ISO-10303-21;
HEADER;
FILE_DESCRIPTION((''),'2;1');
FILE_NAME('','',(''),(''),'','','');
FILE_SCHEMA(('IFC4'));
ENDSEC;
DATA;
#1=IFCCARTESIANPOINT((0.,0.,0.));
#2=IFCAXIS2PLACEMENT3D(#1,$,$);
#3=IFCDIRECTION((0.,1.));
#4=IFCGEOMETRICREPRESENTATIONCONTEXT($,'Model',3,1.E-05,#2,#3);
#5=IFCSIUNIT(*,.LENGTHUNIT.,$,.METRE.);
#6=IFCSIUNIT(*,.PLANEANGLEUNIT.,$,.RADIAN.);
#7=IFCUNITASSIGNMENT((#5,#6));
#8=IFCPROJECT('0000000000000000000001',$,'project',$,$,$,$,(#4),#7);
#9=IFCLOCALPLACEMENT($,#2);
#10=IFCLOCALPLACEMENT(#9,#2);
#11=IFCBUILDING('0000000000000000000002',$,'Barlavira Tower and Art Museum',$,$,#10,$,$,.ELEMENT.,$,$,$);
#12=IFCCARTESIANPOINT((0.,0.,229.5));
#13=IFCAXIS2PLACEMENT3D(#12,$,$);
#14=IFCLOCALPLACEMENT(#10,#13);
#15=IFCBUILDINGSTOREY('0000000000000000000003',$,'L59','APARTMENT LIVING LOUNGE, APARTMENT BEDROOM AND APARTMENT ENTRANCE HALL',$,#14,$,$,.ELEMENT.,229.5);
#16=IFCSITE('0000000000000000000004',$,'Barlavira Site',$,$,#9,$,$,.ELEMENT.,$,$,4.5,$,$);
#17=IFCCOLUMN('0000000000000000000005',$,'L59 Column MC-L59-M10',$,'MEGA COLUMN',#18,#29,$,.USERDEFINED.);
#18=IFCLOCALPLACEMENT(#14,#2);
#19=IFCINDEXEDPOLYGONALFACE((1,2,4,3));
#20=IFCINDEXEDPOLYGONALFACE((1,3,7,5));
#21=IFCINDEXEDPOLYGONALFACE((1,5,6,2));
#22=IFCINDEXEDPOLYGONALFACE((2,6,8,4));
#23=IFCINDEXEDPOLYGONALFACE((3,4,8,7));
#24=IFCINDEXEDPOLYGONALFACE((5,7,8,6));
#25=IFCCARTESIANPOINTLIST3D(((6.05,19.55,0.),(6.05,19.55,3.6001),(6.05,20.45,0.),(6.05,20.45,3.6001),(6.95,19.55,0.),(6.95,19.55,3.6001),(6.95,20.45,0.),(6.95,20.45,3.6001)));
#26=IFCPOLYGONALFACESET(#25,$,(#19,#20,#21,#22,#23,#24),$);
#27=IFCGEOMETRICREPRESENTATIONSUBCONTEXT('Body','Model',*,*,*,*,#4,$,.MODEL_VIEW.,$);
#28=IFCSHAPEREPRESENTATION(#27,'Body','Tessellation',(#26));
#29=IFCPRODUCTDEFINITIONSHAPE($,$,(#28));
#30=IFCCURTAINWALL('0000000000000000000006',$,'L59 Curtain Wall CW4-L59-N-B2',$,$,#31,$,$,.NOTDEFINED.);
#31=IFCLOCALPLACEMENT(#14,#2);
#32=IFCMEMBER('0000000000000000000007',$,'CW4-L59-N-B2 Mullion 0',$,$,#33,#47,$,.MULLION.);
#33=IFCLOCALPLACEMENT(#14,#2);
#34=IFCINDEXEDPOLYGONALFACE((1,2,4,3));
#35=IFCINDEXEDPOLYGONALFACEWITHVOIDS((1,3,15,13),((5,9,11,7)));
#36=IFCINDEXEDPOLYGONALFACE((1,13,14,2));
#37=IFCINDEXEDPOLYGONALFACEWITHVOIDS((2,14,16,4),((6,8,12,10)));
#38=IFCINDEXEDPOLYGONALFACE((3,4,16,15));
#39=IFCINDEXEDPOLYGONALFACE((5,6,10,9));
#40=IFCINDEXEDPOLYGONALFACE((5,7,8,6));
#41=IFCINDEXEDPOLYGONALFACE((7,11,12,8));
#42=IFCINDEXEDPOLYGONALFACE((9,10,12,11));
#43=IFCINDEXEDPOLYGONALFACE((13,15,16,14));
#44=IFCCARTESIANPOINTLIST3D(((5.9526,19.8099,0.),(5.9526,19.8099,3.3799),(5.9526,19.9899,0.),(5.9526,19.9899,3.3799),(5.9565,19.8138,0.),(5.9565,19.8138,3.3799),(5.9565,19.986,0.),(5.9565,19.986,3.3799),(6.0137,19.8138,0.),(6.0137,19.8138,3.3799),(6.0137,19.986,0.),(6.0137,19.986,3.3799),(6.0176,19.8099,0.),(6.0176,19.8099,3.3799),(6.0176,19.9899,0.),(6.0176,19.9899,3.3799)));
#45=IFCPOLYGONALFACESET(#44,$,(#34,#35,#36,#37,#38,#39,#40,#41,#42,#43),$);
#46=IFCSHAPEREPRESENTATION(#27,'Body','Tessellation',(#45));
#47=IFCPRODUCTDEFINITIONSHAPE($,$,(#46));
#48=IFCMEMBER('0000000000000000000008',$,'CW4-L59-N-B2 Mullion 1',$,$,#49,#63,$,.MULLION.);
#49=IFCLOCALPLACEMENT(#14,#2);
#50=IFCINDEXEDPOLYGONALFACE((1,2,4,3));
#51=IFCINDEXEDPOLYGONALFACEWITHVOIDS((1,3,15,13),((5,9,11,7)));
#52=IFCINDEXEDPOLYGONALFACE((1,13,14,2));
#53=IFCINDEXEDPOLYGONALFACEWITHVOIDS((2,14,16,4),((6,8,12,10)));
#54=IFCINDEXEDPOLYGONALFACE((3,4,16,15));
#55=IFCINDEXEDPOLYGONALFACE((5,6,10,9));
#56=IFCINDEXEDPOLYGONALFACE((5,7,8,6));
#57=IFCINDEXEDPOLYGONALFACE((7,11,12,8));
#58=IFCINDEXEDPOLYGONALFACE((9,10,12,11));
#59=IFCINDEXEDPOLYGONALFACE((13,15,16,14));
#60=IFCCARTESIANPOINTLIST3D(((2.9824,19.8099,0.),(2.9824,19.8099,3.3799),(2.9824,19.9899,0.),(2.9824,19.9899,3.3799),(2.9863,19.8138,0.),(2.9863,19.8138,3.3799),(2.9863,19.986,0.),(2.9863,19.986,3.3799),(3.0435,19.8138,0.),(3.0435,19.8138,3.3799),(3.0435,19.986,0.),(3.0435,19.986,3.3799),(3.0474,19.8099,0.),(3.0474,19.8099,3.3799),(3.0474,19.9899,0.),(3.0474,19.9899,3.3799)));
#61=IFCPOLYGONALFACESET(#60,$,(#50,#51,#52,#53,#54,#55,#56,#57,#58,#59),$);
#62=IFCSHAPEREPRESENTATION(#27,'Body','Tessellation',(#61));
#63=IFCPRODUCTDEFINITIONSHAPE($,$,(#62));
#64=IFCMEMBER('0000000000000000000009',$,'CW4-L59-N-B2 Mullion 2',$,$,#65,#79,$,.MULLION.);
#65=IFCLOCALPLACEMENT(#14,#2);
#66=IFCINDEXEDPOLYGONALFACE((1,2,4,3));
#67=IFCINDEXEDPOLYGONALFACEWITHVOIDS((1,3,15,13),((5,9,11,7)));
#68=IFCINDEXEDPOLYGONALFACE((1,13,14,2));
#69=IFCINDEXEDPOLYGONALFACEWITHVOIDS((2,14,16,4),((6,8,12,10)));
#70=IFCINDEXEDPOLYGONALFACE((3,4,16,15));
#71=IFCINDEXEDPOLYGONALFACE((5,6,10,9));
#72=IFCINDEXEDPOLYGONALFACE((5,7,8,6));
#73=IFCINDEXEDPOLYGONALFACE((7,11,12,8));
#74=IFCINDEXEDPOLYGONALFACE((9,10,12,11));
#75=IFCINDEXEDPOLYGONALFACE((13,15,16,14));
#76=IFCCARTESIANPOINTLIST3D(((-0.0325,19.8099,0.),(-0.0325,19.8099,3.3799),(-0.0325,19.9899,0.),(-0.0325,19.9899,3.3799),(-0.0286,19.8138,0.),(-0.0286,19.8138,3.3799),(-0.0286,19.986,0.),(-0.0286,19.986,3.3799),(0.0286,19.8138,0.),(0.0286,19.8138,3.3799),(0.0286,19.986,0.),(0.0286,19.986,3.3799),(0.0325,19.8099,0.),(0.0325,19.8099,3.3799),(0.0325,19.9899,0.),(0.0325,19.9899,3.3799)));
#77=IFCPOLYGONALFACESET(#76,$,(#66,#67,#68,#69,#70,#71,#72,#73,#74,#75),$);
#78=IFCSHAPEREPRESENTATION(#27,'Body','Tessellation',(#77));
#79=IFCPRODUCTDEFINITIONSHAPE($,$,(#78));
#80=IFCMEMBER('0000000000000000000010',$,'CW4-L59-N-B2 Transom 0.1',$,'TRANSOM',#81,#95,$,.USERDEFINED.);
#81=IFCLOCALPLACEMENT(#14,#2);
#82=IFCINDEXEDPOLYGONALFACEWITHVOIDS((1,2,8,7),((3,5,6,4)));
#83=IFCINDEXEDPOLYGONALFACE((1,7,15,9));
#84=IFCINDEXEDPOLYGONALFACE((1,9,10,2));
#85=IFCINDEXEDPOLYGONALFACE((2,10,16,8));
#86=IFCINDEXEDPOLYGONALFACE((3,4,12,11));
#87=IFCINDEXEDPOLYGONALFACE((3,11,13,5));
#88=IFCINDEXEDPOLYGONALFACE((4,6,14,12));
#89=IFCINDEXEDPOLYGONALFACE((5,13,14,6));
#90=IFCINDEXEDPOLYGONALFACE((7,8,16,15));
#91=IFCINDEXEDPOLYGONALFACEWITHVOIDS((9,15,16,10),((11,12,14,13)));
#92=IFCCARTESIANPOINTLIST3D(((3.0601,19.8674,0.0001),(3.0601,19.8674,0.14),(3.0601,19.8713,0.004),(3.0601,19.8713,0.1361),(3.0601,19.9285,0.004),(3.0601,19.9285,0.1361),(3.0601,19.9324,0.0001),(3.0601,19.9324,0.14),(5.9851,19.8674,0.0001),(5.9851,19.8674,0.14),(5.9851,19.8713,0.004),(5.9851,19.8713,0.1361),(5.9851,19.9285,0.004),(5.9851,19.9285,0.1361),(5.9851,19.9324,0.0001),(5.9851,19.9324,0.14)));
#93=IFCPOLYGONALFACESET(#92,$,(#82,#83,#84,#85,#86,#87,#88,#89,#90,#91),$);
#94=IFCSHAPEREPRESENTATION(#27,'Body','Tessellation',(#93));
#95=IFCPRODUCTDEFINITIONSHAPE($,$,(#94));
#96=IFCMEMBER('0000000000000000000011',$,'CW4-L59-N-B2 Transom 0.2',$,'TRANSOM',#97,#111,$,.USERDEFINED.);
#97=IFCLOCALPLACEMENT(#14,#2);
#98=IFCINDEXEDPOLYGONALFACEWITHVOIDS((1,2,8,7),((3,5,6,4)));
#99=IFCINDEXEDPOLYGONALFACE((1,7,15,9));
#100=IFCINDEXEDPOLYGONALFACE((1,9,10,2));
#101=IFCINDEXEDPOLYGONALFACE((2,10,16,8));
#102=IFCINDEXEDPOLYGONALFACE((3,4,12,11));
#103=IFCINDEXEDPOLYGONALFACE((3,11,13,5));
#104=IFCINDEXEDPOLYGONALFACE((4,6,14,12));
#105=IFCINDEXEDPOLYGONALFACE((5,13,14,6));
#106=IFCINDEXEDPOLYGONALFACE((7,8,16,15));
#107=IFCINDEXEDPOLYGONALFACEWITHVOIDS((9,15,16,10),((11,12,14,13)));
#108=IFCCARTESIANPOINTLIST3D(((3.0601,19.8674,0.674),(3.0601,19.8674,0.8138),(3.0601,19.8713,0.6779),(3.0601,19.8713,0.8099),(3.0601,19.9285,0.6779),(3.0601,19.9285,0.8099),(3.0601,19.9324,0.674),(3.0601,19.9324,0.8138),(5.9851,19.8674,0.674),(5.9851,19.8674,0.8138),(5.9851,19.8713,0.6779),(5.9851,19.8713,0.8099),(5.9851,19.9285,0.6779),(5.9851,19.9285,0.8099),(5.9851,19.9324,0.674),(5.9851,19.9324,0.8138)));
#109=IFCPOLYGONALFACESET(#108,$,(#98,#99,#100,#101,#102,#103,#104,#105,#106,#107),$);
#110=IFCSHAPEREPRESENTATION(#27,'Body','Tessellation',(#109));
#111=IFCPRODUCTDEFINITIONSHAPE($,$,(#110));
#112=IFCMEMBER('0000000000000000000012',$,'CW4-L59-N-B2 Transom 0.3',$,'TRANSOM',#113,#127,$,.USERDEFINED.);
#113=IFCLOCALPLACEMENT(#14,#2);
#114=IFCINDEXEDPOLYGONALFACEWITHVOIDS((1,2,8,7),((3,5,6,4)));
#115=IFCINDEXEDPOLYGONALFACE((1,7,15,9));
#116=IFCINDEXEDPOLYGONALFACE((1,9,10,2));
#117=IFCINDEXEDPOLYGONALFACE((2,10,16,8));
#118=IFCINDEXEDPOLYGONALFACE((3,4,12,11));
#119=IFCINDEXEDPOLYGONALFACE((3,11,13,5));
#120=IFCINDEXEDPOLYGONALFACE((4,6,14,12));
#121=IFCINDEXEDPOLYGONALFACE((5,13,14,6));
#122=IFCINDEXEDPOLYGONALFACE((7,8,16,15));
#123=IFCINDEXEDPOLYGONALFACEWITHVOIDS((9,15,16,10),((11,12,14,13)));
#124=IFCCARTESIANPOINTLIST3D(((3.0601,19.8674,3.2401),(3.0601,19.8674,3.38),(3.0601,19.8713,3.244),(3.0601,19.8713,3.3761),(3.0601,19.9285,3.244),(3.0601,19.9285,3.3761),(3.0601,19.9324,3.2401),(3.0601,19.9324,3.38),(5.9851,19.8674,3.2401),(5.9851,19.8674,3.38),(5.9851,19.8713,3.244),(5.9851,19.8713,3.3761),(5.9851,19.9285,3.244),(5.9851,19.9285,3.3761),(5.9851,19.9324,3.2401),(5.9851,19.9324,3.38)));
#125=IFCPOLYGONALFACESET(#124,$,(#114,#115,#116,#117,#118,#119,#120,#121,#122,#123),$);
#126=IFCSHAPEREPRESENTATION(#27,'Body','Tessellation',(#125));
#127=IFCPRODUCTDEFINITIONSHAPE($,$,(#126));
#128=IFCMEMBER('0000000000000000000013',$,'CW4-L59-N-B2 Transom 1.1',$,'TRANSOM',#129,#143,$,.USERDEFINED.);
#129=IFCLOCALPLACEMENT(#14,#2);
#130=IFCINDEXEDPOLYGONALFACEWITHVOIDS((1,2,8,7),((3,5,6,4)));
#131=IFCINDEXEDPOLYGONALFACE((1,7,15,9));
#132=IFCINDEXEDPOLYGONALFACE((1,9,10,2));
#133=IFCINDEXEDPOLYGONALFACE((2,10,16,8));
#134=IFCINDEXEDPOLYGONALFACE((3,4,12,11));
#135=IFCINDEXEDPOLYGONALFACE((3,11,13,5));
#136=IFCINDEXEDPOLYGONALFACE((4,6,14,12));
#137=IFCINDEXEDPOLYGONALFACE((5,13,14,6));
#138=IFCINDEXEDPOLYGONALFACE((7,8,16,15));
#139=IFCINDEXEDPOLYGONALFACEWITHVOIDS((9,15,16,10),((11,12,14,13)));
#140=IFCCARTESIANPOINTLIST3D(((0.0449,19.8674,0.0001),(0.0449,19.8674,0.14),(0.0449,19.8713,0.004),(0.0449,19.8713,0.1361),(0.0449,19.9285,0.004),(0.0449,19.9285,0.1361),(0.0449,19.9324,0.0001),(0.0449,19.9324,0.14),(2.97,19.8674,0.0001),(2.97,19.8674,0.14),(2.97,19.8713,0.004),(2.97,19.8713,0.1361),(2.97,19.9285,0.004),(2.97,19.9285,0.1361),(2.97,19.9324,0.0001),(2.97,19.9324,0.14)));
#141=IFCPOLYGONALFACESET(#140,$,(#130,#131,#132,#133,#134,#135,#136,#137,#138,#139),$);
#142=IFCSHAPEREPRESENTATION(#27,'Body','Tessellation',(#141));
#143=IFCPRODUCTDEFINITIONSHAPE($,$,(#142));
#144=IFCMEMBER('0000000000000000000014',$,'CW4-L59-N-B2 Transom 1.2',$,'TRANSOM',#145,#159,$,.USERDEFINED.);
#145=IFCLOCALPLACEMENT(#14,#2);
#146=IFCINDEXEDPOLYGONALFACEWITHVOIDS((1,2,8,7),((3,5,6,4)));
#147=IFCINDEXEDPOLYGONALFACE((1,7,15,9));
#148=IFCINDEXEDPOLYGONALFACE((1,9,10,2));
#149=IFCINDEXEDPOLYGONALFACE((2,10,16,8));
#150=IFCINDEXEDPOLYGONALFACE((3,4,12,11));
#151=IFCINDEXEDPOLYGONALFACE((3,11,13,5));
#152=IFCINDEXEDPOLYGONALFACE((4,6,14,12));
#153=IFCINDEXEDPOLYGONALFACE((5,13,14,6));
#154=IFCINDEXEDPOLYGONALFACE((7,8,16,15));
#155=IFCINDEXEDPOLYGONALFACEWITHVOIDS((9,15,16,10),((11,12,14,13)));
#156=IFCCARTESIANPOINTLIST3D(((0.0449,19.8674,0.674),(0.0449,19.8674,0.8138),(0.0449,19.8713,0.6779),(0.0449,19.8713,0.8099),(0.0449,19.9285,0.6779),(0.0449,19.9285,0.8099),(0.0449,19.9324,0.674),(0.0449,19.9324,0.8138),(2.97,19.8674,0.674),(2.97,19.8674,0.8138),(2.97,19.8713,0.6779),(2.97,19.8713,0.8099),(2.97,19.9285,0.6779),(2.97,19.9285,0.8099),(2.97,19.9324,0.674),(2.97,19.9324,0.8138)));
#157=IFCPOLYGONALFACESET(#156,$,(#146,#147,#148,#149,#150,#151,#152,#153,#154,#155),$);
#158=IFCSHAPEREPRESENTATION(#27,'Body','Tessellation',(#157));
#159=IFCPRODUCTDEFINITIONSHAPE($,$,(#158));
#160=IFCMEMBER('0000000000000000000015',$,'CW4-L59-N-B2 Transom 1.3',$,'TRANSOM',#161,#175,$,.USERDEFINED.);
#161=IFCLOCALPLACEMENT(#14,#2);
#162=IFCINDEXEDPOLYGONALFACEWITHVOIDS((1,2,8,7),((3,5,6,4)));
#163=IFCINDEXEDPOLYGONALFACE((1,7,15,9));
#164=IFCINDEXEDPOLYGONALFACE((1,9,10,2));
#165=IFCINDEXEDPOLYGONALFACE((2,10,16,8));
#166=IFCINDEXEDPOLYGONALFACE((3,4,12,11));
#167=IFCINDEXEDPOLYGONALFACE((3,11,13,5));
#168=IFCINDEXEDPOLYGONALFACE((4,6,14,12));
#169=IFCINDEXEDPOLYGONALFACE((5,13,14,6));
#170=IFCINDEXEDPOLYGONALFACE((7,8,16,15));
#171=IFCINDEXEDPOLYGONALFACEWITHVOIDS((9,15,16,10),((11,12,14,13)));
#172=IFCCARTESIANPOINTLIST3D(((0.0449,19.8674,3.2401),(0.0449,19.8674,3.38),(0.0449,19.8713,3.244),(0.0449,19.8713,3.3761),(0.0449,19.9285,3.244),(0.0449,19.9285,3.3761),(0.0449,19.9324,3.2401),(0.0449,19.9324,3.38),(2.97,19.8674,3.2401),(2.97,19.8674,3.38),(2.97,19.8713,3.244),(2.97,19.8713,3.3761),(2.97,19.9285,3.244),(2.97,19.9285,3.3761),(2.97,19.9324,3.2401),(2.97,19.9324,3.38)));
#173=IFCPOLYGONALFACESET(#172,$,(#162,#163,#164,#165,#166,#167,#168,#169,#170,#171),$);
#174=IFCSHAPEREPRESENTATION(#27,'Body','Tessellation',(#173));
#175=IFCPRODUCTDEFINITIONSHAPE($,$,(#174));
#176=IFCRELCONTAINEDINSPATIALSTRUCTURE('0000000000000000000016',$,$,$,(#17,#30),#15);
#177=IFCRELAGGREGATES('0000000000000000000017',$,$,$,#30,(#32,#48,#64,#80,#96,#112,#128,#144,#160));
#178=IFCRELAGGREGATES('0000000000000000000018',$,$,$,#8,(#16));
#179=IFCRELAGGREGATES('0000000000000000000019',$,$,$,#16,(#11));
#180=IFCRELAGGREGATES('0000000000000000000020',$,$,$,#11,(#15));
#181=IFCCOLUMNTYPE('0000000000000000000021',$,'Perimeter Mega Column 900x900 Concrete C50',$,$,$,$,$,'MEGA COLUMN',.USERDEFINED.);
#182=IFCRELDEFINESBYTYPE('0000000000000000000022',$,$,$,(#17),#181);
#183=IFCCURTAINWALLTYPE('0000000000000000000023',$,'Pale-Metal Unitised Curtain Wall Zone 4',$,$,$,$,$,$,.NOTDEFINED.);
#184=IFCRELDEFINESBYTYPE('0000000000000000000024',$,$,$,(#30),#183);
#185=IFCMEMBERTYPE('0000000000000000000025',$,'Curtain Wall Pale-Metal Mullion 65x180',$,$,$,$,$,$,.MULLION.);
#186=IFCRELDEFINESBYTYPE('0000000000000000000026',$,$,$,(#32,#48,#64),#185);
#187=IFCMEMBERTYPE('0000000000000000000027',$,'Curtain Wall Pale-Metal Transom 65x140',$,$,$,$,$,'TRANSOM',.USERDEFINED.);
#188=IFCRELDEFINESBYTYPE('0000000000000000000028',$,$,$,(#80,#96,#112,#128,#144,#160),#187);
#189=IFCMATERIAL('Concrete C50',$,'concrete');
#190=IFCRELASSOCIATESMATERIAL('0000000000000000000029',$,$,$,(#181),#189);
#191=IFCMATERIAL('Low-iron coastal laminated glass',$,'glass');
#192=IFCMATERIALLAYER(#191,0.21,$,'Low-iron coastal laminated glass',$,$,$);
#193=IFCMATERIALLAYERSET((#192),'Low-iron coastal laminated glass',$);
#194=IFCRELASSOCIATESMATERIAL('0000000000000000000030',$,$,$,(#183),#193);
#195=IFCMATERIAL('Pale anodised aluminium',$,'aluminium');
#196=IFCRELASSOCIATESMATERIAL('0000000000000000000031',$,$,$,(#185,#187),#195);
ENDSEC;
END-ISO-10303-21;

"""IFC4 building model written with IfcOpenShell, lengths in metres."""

from ifc_helpers import new_model, si_unit, direction, frame, origin, origin_2d, place, context, subcontext, project, spatial, rectangle, hollow_rectangle, extrude, material, layer, layer_set, material_profile, profile_set, type_object, element, aggregate, save


model = new_model("IFC4")

# Units and contexts
model_context = context("Model", 3, precision=1e-05, world=origin(), true_north=direction((0.0, 1.0)))
body_context = subcontext(model_context, "Body", "Model", "MODEL_VIEW")
ifc_project = project(units=[si_unit("LENGTHUNIT", "METRE"), si_unit("PLANEANGLEUNIT", "RADIAN")], contexts=[model_context])

# Site, building, storey
site_placement = place(None, origin())
site = spatial("IfcSite", under=ifc_project, at=site_placement, Name="Barlavira Site", CompositionType="ELEMENT", RefElevation=4.5)
building_placement = place(site_placement, origin())
building = spatial("IfcBuilding", under=site, at=building_placement, Name="Barlavira Tower and Art Museum", CompositionType="ELEMENT")
storey_placement = place(building_placement, frame((0.0, 0.0, 229.5)))
storey = spatial("IfcBuildingStorey", under=building, at=storey_placement, Name="L59", Description="APARTMENT LIVING LOUNGE, APARTMENT BEDROOM AND APARTMENT ENTRANCE HALL", CompositionType="ELEMENT", Elevation=229.5)

# Column
ifc_material_1 = material(Name="Concrete C50", Category="concrete")
ifc_material_profile_1 = material_profile(ifc_material_1, rectangle(XDim=0.8999, YDim=0.8999, at=origin_2d()), Name="RC-COL 900x900")
ifc_profile_set_1 = profile_set([ifc_material_profile_1], Name="Concrete C50")
column_type = type_object("IfcColumnType", Name="Perimeter Mega Column 900x900 Concrete C50", ElementType="MEGA COLUMN", PredefinedType="USERDEFINED", material=ifc_profile_set_1)
column_placement = place(storey_placement, frame((6.5, 20.0, 0.0), z_axis=(0.0, 0.0, 1.0), x_axis=(1.0, 0.0, 0.0)))
element("IfcColumn", 1, at=column_placement, inside=storey, type_object=column_type, Name="L59 Column MC-L59-M10", ObjectType="MEGA COLUMN", PredefinedType="USERDEFINED", context=body_context, shape_type="SweptSolid", body=[
    extrude(rectangle(XDim=0.8999, YDim=0.8999, at=origin_2d()), origin(), (0.0, 0.0, 1.0), 3.6001),
])

# Curtain wall, members
ifc_material_2 = material(Name="Low-iron coastal laminated glass", Category="glass")
ifc_layer_1 = layer(ifc_material_2, 0.21, Name="Low-iron coastal laminated glass")
ifc_layer_set_1 = layer_set([ifc_layer_1], Name="Low-iron coastal laminated glass")
curtain_wall_type = type_object("IfcCurtainWallType", Name="Pale-Metal Unitised Curtain Wall Zone 4", PredefinedType="NOTDEFINED", material=ifc_layer_set_1)
curtain_wall_placement = place(storey_placement, origin())
curtain_wall = element("IfcCurtainWall", 2, at=curtain_wall_placement, inside=storey, type_object=curtain_wall_type, Name="L59 Curtain Wall CW4-L59-N-B2", PredefinedType="NOTDEFINED")
ifc_material_3 = material(Name="Pale anodised aluminium", Category="aluminium")
ifc_material_profile_2 = material_profile(ifc_material_3, hollow_rectangle(XDim=0.0649, YDim=0.1799, WallThickness=0.0039, at=origin_2d()), Name="ALU-MULL 65x180x4")
ifc_profile_set_2 = profile_set([ifc_material_profile_2], Name="Pale anodised aluminium")
member_type_1 = type_object("IfcMemberType", Name="Curtain Wall Pale-Metal Mullion 65x180", PredefinedType="MULLION", material=ifc_profile_set_2)
member_1_placement = place(storey_placement, frame((5.9851, 19.8999, 0.0), z_axis=(0.0, 0.0, 1.0), x_axis=(-1.0, 0.0, 0.0)))
member_1 = element("IfcMember", 3, at=member_1_placement, type_object=member_type_1, Name="CW4-L59-N-B2 Mullion 0", PredefinedType="MULLION", context=body_context, shape_type="SweptSolid", body=[
    extrude(hollow_rectangle(XDim=0.0649, YDim=0.1799, WallThickness=0.0039, at=origin_2d()), origin(), (0.0, 0.0, 1.0), 3.3799),
])
member_2_placement = place(storey_placement, frame((3.0149, 19.8999, 0.0), z_axis=(0.0, 0.0, 1.0), x_axis=(-1.0, 0.0, 0.0)))
member_2 = element("IfcMember", 4, at=member_2_placement, type_object=member_type_1, Name="CW4-L59-N-B2 Mullion 1", PredefinedType="MULLION", context=body_context, shape_type="SweptSolid", body=[
    extrude(hollow_rectangle(XDim=0.0649, YDim=0.1799, WallThickness=0.0039, at=origin_2d()), origin(), (0.0, 0.0, 1.0), 3.3799),
])
member_3_placement = place(storey_placement, frame((0.0, 19.8999, 0.0), z_axis=(0.0, 0.0, 1.0), x_axis=(-1.0, 0.0, 0.0)))
member_3 = element("IfcMember", 5, at=member_3_placement, type_object=member_type_1, Name="CW4-L59-N-B2 Mullion 2", PredefinedType="MULLION", context=body_context, shape_type="SweptSolid", body=[
    extrude(hollow_rectangle(XDim=0.0649, YDim=0.1799, WallThickness=0.0039, at=origin_2d()), origin(), (0.0, 0.0, 1.0), 3.3799),
])
ifc_material_profile_3 = material_profile(ifc_material_3, hollow_rectangle(XDim=0.0649, YDim=0.1399, WallThickness=0.0039, at=origin_2d()), Name="ALU-TRAN 65x140x4")
ifc_profile_set_3 = profile_set([ifc_material_profile_3], Name="Pale anodised aluminium")
member_type_2 = type_object("IfcMemberType", Name="Curtain Wall Pale-Metal Transom 65x140", ElementType="TRANSOM", PredefinedType="USERDEFINED", material=ifc_profile_set_3)
member_4_placement = place(storey_placement, frame((5.9851, 19.8999, 0.0701), z_axis=(-1.0, 0.0, 0.0), x_axis=(0.0, -1.0, 0.0)))
member_4 = element("IfcMember", 6, at=member_4_placement, type_object=member_type_2, Name="CW4-L59-N-B2 Transom 0.1", ObjectType="TRANSOM", PredefinedType="USERDEFINED", context=body_context, shape_type="SweptSolid", body=[
    extrude(hollow_rectangle(XDim=0.0649, YDim=0.1399, WallThickness=0.0039, at=origin_2d()), origin(), (0.0, 0.0, 1.0), 2.925),
])
member_5_placement = place(storey_placement, frame((5.9851, 19.8999, 0.7439), z_axis=(-1.0, 0.0, 0.0), x_axis=(0.0, -1.0, 0.0)))
member_5 = element("IfcMember", 7, at=member_5_placement, type_object=member_type_2, Name="CW4-L59-N-B2 Transom 0.2", ObjectType="TRANSOM", PredefinedType="USERDEFINED", context=body_context, shape_type="SweptSolid", body=[
    extrude(hollow_rectangle(XDim=0.0649, YDim=0.1399, WallThickness=0.0039, at=origin_2d()), origin(), (0.0, 0.0, 1.0), 2.925),
])
member_6_placement = place(storey_placement, frame((5.9851, 19.8999, 3.3101), z_axis=(-1.0, 0.0, 0.0), x_axis=(0.0, -1.0, 0.0)))
member_6 = element("IfcMember", 8, at=member_6_placement, type_object=member_type_2, Name="CW4-L59-N-B2 Transom 0.3", ObjectType="TRANSOM", PredefinedType="USERDEFINED", context=body_context, shape_type="SweptSolid", body=[
    extrude(hollow_rectangle(XDim=0.0649, YDim=0.1399, WallThickness=0.0039, at=origin_2d()), origin(), (0.0, 0.0, 1.0), 2.925),
])
member_7_placement = place(storey_placement, frame((2.97, 19.8999, 0.0701), z_axis=(-1.0, 0.0, 0.0), x_axis=(0.0, -1.0, 0.0)))
member_7 = element("IfcMember", 9, at=member_7_placement, type_object=member_type_2, Name="CW4-L59-N-B2 Transom 1.1", ObjectType="TRANSOM", PredefinedType="USERDEFINED", context=body_context, shape_type="SweptSolid", body=[
    extrude(hollow_rectangle(XDim=0.0649, YDim=0.1399, WallThickness=0.0039, at=origin_2d()), origin(), (0.0, 0.0, 1.0), 2.925),
])
member_8_placement = place(storey_placement, frame((2.97, 19.8999, 0.7439), z_axis=(-1.0, 0.0, 0.0), x_axis=(0.0, -1.0, 0.0)))
member_8 = element("IfcMember", 10, at=member_8_placement, type_object=member_type_2, Name="CW4-L59-N-B2 Transom 1.2", ObjectType="TRANSOM", PredefinedType="USERDEFINED", context=body_context, shape_type="SweptSolid", body=[
    extrude(hollow_rectangle(XDim=0.0649, YDim=0.1399, WallThickness=0.0039, at=origin_2d()), origin(), (0.0, 0.0, 1.0), 2.925),
])
member_9_placement = place(storey_placement, frame((2.97, 19.8999, 3.3101), z_axis=(-1.0, 0.0, 0.0), x_axis=(0.0, -1.0, 0.0)))
member_9 = element("IfcMember", 11, at=member_9_placement, type_object=member_type_2, Name="CW4-L59-N-B2 Transom 1.3", ObjectType="TRANSOM", PredefinedType="USERDEFINED", context=body_context, shape_type="SweptSolid", body=[
    extrude(hollow_rectangle(XDim=0.0649, YDim=0.1399, WallThickness=0.0039, at=origin_2d()), origin(), (0.0, 0.0, 1.0), 2.925),
])

aggregate(curtain_wall, [member_1, member_2, member_3, member_4, member_5, member_6, member_7, member_8, member_9])

save(model, "model.ifc")
